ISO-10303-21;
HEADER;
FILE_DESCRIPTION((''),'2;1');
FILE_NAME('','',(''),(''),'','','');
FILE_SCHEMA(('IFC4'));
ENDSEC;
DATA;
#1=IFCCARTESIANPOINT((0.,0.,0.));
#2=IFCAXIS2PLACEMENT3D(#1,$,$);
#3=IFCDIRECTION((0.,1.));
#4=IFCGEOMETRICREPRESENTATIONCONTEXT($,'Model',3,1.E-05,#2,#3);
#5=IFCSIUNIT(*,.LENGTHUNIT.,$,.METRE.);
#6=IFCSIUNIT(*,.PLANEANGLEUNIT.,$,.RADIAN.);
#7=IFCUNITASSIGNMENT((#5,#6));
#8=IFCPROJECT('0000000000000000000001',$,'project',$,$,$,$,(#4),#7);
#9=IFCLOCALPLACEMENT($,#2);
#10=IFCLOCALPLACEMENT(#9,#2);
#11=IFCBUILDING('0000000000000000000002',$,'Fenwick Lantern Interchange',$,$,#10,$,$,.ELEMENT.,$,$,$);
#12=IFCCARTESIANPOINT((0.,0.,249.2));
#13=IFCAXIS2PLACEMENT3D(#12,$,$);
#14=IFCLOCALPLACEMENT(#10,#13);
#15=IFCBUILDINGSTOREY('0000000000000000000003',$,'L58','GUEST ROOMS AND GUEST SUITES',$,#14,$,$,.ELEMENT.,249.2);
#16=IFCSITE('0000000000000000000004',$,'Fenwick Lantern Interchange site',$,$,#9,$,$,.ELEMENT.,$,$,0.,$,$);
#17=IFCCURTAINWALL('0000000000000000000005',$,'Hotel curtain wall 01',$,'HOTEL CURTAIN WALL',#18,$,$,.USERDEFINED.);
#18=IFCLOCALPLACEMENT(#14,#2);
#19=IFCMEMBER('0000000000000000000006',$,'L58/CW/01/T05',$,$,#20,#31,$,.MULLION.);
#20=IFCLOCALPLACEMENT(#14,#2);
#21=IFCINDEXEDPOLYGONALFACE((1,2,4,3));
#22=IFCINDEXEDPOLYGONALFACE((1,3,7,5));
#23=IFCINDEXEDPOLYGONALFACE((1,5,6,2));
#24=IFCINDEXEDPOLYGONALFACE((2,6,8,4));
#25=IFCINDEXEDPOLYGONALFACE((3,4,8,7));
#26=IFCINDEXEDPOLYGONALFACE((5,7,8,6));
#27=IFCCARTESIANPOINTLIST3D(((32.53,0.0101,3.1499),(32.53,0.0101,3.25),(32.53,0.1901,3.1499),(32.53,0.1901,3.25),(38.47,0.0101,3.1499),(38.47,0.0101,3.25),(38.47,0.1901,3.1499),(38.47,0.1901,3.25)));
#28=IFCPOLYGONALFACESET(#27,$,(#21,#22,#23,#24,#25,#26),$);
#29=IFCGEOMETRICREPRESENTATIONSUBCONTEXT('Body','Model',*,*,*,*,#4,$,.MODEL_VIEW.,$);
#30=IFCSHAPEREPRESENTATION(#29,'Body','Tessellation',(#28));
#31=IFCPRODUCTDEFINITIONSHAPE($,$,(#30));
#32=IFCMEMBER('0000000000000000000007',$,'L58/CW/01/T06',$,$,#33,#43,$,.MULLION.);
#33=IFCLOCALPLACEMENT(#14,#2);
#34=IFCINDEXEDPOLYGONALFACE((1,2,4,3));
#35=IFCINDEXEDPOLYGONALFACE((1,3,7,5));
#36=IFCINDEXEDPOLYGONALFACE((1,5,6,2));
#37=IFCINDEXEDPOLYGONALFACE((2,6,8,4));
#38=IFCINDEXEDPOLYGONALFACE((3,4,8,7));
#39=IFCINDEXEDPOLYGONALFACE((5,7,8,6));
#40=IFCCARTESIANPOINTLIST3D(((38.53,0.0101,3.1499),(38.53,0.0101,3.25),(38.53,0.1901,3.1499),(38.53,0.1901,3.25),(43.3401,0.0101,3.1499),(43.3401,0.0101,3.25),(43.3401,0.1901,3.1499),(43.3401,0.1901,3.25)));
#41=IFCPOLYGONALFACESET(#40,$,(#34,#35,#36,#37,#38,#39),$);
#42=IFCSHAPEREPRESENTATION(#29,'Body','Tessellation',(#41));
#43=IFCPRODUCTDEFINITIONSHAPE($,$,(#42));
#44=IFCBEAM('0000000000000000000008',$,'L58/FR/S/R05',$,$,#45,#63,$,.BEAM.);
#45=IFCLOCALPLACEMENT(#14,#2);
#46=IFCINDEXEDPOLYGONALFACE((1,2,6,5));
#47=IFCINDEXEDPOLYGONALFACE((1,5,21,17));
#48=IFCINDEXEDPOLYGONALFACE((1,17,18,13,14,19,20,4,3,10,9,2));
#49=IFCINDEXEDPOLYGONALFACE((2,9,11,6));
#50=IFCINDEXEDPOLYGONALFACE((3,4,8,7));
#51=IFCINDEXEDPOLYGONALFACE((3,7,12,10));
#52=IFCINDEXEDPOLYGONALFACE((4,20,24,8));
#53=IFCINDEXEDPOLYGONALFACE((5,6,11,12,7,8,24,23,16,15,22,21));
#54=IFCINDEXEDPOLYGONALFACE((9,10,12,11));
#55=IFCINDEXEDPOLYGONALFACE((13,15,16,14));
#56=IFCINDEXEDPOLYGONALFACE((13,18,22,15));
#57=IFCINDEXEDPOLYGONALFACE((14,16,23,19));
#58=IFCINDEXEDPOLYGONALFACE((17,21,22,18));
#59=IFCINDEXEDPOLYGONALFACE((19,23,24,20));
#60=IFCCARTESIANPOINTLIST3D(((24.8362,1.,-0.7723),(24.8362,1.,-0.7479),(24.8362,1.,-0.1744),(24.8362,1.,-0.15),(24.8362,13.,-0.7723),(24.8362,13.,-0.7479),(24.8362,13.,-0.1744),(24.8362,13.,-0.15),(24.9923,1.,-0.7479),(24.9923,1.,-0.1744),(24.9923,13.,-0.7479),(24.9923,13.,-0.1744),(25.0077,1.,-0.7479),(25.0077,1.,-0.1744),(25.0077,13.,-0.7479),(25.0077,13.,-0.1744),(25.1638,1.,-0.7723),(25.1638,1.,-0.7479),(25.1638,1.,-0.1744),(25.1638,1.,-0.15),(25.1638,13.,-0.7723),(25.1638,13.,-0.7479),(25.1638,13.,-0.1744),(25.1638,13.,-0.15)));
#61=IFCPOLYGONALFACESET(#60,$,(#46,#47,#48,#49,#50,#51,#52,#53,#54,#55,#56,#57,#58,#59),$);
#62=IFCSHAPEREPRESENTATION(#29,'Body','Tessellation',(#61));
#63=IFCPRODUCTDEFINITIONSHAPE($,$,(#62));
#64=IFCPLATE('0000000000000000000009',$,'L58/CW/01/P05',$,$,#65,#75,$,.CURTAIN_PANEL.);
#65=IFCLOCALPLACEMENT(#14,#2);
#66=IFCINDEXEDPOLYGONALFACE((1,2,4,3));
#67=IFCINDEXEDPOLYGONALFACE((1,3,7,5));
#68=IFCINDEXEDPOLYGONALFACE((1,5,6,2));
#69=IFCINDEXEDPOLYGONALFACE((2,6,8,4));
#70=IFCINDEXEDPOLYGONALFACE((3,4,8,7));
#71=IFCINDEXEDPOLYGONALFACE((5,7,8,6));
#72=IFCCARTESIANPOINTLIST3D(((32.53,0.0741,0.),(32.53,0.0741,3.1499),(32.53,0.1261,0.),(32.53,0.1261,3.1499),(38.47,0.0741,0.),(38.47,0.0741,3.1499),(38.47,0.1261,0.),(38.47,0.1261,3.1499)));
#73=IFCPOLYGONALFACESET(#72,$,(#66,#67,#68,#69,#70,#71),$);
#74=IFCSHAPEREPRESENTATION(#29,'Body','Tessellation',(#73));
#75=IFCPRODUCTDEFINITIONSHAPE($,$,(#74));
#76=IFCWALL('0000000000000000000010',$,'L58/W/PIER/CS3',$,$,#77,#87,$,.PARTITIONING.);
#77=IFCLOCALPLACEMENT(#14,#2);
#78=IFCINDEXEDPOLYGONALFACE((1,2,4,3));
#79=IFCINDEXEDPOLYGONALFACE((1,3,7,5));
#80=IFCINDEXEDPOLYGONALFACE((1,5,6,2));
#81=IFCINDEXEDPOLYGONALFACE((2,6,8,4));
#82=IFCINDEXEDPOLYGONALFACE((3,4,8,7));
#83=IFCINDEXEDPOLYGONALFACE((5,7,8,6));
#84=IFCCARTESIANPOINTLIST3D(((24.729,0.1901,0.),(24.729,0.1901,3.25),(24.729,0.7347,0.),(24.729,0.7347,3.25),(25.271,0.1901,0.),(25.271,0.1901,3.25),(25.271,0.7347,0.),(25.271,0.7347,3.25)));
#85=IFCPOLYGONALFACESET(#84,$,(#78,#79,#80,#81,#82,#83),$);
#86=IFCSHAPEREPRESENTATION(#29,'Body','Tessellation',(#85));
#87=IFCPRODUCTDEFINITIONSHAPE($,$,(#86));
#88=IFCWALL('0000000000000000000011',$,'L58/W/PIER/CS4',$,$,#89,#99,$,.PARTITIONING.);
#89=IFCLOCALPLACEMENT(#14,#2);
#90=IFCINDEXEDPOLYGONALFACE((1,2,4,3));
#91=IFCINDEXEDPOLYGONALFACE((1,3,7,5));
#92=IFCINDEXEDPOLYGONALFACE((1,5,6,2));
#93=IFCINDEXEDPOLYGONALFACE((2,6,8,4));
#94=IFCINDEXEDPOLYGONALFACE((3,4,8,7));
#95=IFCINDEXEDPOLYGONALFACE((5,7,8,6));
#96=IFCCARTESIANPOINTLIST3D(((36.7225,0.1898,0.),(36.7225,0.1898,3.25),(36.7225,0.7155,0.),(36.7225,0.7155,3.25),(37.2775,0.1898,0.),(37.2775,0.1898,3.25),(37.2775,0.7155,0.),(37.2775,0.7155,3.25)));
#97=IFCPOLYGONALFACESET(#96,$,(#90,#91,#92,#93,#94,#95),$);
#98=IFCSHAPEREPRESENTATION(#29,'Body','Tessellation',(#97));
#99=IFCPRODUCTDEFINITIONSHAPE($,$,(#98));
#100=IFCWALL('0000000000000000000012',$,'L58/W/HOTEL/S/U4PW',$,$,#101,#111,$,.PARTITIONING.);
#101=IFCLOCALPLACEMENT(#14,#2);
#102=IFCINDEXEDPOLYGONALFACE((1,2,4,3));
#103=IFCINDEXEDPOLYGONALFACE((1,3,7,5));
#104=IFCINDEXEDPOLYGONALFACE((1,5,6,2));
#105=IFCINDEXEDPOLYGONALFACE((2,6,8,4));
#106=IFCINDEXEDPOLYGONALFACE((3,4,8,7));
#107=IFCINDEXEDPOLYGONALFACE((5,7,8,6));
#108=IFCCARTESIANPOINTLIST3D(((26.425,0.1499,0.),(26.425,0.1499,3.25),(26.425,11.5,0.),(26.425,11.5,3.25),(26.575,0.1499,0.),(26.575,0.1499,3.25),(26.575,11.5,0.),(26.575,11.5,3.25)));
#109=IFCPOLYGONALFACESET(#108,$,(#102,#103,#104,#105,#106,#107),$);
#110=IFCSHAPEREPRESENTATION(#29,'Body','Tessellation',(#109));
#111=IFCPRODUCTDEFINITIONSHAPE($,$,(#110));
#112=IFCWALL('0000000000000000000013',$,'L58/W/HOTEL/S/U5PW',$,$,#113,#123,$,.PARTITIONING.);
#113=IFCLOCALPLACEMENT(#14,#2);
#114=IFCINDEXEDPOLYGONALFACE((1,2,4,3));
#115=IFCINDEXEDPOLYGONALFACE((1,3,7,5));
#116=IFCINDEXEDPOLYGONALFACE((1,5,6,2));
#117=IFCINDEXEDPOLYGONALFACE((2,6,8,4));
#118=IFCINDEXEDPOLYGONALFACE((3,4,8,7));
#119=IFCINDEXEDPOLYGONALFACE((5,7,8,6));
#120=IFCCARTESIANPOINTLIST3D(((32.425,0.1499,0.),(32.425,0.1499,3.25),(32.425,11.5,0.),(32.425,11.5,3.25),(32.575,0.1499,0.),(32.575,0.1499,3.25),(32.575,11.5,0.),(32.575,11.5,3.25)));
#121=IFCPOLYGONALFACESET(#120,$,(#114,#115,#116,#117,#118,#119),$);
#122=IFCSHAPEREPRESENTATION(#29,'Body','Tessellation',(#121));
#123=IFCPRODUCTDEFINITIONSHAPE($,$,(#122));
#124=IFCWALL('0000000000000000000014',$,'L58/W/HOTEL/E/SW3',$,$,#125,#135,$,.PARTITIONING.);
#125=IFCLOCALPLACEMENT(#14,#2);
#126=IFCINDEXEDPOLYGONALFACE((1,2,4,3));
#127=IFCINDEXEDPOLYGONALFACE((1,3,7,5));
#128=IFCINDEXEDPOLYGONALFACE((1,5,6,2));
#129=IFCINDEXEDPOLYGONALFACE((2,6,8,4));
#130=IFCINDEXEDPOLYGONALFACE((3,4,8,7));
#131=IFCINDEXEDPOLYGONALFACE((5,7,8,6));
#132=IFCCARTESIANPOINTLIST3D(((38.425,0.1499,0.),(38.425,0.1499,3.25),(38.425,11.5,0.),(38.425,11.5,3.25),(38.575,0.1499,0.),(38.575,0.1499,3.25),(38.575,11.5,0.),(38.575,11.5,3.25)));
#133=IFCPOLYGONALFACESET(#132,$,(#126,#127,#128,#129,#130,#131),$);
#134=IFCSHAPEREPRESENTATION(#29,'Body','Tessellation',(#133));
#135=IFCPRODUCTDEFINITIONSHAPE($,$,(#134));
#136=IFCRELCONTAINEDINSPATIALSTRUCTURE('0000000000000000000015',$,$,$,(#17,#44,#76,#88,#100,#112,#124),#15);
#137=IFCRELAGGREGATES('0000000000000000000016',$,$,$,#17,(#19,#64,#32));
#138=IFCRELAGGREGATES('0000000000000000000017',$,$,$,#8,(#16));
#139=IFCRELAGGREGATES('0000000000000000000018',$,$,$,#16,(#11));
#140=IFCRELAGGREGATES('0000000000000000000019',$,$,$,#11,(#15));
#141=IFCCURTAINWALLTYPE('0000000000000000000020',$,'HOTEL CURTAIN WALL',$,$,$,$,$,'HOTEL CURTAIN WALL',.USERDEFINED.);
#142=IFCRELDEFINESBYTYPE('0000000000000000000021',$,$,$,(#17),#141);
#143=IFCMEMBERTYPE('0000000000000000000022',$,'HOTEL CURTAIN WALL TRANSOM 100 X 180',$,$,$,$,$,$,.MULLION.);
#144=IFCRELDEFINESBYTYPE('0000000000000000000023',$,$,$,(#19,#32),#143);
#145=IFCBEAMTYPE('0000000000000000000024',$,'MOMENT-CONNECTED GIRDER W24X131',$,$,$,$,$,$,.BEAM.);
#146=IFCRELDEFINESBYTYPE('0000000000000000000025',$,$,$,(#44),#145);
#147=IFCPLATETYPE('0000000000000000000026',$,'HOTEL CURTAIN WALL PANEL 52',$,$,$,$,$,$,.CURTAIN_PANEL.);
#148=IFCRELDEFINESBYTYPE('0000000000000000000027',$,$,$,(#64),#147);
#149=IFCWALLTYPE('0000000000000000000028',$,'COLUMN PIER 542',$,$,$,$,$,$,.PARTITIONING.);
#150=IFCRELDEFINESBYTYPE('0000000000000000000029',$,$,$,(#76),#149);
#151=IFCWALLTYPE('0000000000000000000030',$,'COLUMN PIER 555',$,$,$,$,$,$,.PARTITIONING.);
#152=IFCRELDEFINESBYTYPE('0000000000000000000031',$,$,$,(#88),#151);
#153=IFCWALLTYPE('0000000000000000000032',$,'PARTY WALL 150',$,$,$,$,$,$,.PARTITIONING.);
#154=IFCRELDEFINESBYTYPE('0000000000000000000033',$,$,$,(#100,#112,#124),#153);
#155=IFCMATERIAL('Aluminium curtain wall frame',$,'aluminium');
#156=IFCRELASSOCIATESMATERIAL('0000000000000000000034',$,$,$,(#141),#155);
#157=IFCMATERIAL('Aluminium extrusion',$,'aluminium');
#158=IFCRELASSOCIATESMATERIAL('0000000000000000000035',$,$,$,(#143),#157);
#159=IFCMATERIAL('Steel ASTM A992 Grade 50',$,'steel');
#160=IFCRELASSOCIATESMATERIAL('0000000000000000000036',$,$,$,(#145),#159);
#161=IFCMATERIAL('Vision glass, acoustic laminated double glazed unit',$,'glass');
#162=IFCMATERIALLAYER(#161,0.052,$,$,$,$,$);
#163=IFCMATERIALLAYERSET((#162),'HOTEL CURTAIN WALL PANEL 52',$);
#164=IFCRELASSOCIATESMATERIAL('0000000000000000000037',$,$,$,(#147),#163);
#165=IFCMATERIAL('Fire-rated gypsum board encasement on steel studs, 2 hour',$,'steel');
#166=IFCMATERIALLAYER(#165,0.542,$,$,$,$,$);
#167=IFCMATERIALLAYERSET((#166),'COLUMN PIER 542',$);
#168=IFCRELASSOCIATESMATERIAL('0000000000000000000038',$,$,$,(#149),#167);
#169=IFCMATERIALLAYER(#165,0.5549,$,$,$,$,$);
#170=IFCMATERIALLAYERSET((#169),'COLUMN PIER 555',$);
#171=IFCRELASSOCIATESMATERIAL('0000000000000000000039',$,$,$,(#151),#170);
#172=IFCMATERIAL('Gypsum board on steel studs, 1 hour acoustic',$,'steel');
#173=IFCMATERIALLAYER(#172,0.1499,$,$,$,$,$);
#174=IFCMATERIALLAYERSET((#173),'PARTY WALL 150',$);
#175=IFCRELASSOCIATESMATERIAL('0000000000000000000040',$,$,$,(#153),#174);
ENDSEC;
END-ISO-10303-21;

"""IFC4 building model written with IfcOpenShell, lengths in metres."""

from ifc_helpers import new_model, si_unit, direction, frame, frame_2d, origin, origin_2d, place, context, subcontext, project, spatial, rectangle, i_section, extrude, material, layer, layer_set, material_profile, profile_set, type_object, element, aggregate, save


model = new_model("IFC4")

# Units and contexts
model_context = context("Model", 3, precision=1e-05, world=origin(), true_north=direction((0.0, 1.0)))
body_context = subcontext(model_context, "Body", "Model", "MODEL_VIEW")
ifc_project = project(units=[si_unit("LENGTHUNIT", "METRE"), si_unit("PLANEANGLEUNIT", "RADIAN")], contexts=[model_context])

# Site, building, storey
site_placement = place(None, origin())
site = spatial("IfcSite", under=ifc_project, at=site_placement, Name="Fenwick Lantern Interchange site", CompositionType="ELEMENT", RefElevation=0.0)
building_placement = place(site_placement, origin())
building = spatial("IfcBuilding", under=site, at=building_placement, Name="Fenwick Lantern Interchange", CompositionType="ELEMENT")
storey_placement = place(building_placement, frame((0.0, 0.0, 249.2)))
storey = spatial("IfcBuildingStorey", under=building, at=storey_placement, Name="L58", Description="GUEST ROOMS AND GUEST SUITES", CompositionType="ELEMENT", Elevation=249.2)

# Shared definitions
ifc_material_1 = material(Name="Steel ASTM A992 Grade 50", Category="steel")

# Curtain wall, members
ifc_material_2 = material(Name="Aluminium curtain wall frame", Category="aluminium")
curtain_wall_type = type_object("IfcCurtainWallType", Name="HOTEL CURTAIN WALL", ElementType="HOTEL CURTAIN WALL", PredefinedType="USERDEFINED", material=ifc_material_2)
curtain_wall_placement = place(storey_placement, origin())
curtain_wall = element("IfcCurtainWall", 1, at=curtain_wall_placement, inside=storey, type_object=curtain_wall_type, Name="Hotel curtain wall 01", ObjectType="HOTEL CURTAIN WALL", PredefinedType="USERDEFINED")
ifc_material_3 = material(Name="Aluminium extrusion", Category="aluminium")
ifc_material_profile_1 = material_profile(ifc_material_3, rectangle(XDim=0.1799, YDim=0.1001, at=origin_2d()), Name="HOTEL CURTAIN WALL TRANSOM 100 X 180")
ifc_profile_set_1 = profile_set([ifc_material_profile_1], Name="Aluminium extrusion")
member_type_1 = type_object("IfcMemberType", Name="HOTEL CURTAIN WALL TRANSOM 100 X 180", PredefinedType="MULLION", material=ifc_profile_set_1)
member_1_placement = place(storey_placement, frame((32.53, 0.1001, 3.2), z_axis=(1.0, 0.0, 0.0), x_axis=(0.0, 1.0, 0.0)))
member_1 = element("IfcMember", 2, at=member_1_placement, type_object=member_type_1, Name="L58/CW/01/T05", PredefinedType="MULLION", context=body_context, shape_type="SweptSolid", body=[
    extrude(rectangle(XDim=0.1799, YDim=0.1001, at=origin_2d()), origin(), (0.0, 0.0, 1.0), 5.9399),
])
member_2_placement = place(storey_placement, frame((38.53, 0.1001, 3.2), z_axis=(1.0, 0.0, 0.0), x_axis=(0.0, 1.0, 0.0)))
member_2 = element("IfcMember", 3, at=member_2_placement, type_object=member_type_1, Name="L58/CW/01/T06", PredefinedType="MULLION", context=body_context, shape_type="SweptSolid", body=[
    extrude(rectangle(XDim=0.1799, YDim=0.1001, at=origin_2d()), origin(), (0.0, 0.0, 1.0), 4.8101),
])

# Beam
ifc_material_profile_2 = material_profile(ifc_material_1, i_section(OverallWidth=0.3276, OverallDepth=0.6223, WebThickness=0.0154, FlangeThickness=0.0244, at=origin_2d()), Name="W24X131")
ifc_profile_set_2 = profile_set([ifc_material_profile_2], Name="Steel ASTM A992 Grade 50")
beam_type_1 = type_object("IfcBeamType", Name="MOMENT-CONNECTED GIRDER W24X131", PredefinedType="BEAM", material=ifc_profile_set_2)
beam_1_placement = place(storey_placement, frame((25.0, 1.0, -0.4612), z_axis=(0.0, 1.0, 0.0), x_axis=(-1.0, 0.0, 0.0)))
element("IfcBeam", 4, at=beam_1_placement, inside=storey, type_object=beam_type_1, Name="L58/FR/S/R05", PredefinedType="BEAM", context=body_context, shape_type="SweptSolid", body=[
    extrude(i_section(OverallWidth=0.3276, OverallDepth=0.6223, WebThickness=0.0154, FlangeThickness=0.0244, at=origin_2d()), origin(), (0.0, 0.0, 1.0), 12.0),
])

# Plate
ifc_material_4 = material(Name="Vision glass, acoustic laminated double glazed unit", Category="glass")
ifc_layer_1 = layer(ifc_material_4, 0.052)
ifc_layer_set_1 = layer_set([ifc_layer_1], Name="HOTEL CURTAIN WALL PANEL 52")
plate_type = type_object("IfcPlateType", Name="HOTEL CURTAIN WALL PANEL 52", PredefinedType="CURTAIN_PANEL", material=ifc_layer_set_1)
plate_placement = place(storey_placement, frame((35.5, 0.1001, 0.0), z_axis=(0.0, 0.0, 1.0), x_axis=(1.0, 0.0, 0.0)))
plate = element("IfcPlate", 5, at=plate_placement, type_object=plate_type, Name="L58/CW/01/P05", PredefinedType="CURTAIN_PANEL", context=body_context, shape_type="SweptSolid", body=[
    extrude(rectangle(XDim=5.9399, YDim=0.052, at=origin_2d()), origin(), (0.0, 0.0, 1.0), 3.1499),
])
aggregate(curtain_wall, [member_1, plate, member_2])

# Walls
ifc_material_5 = material(Name="Fire-rated gypsum board encasement on steel studs, 2 hour", Category="steel")
ifc_layer_2 = layer(ifc_material_5, 0.542)
ifc_layer_set_2 = layer_set([ifc_layer_2], Name="COLUMN PIER 542")
wall_type_1 = type_object("IfcWallType", Name="COLUMN PIER 542", PredefinedType="PARTITIONING", material=ifc_layer_set_2)
wall_1_placement = place(storey_placement, frame((25.0, 0.1899, 0.0), z_axis=(0.0, 0.0, 1.0), x_axis=(0.0, 1.0, 0.0)))
element("IfcWall", 6, at=wall_1_placement, inside=storey, type_object=wall_type_1, Name="L58/W/PIER/CS3", PredefinedType="PARTITIONING", context=body_context, shape_type="SweptSolid", body=[
    extrude(rectangle(XDim=0.5447, YDim=0.542, at=frame_2d((0.2725, 0.0))), origin(), (0.0, 0.0, 1.0), 3.25),
])
ifc_layer_3 = layer(ifc_material_5, 0.5549)
ifc_layer_set_3 = layer_set([ifc_layer_3], Name="COLUMN PIER 555")
wall_type_2 = type_object("IfcWallType", Name="COLUMN PIER 555", PredefinedType="PARTITIONING", material=ifc_layer_set_3)
wall_2_placement = place(storey_placement, frame((37.0, 0.1899, 0.0), z_axis=(0.0, 0.0, 1.0), x_axis=(0.0, 1.0, 0.0)))
element("IfcWall", 7, at=wall_2_placement, inside=storey, type_object=wall_type_2, Name="L58/W/PIER/CS4", PredefinedType="PARTITIONING", context=body_context, shape_type="SweptSolid", body=[
    extrude(rectangle(XDim=0.5256, YDim=0.5549, at=frame_2d((0.2627, 0.0))), origin(), (0.0, 0.0, 1.0), 3.25),
])
ifc_material_6 = material(Name="Gypsum board on steel studs, 1 hour acoustic", Category="steel")
ifc_layer_4 = layer(ifc_material_6, 0.1499)
ifc_layer_set_4 = layer_set([ifc_layer_4], Name="PARTY WALL 150")
wall_type_3 = type_object("IfcWallType", Name="PARTY WALL 150", PredefinedType="PARTITIONING", material=ifc_layer_set_4)
for number, where, z_axis, x_axis, name in (
    (8, (26.5, 0.1499, 0.0), (0.0, 0.0, 1.0), (0.0, 1.0, 0.0), "L58/W/HOTEL/S/U4PW"),
    (9, (32.5, 0.1499, 0.0), (0.0, 0.0, 1.0), (0.0, 1.0, 0.0), "L58/W/HOTEL/S/U5PW"),
    (10, (38.5, 0.1499, 0.0), (0.0, 0.0, 1.0), (0.0, 1.0, 0.0), "L58/W/HOTEL/E/SW3"),
):
    element("IfcWall", number, at=place(storey_placement, frame(where, z_axis=z_axis, x_axis=x_axis)), inside=storey, type_object=wall_type_3, Name=name, PredefinedType="PARTITIONING", context=body_context, shape_type="SweptSolid", body=[
        extrude(rectangle(XDim=11.3501, YDim=0.1499, at=frame_2d((5.675, 0.0))), origin(), (0.0, 0.0, 1.0), 3.25),
    ])

save(model, "model.ifc")
